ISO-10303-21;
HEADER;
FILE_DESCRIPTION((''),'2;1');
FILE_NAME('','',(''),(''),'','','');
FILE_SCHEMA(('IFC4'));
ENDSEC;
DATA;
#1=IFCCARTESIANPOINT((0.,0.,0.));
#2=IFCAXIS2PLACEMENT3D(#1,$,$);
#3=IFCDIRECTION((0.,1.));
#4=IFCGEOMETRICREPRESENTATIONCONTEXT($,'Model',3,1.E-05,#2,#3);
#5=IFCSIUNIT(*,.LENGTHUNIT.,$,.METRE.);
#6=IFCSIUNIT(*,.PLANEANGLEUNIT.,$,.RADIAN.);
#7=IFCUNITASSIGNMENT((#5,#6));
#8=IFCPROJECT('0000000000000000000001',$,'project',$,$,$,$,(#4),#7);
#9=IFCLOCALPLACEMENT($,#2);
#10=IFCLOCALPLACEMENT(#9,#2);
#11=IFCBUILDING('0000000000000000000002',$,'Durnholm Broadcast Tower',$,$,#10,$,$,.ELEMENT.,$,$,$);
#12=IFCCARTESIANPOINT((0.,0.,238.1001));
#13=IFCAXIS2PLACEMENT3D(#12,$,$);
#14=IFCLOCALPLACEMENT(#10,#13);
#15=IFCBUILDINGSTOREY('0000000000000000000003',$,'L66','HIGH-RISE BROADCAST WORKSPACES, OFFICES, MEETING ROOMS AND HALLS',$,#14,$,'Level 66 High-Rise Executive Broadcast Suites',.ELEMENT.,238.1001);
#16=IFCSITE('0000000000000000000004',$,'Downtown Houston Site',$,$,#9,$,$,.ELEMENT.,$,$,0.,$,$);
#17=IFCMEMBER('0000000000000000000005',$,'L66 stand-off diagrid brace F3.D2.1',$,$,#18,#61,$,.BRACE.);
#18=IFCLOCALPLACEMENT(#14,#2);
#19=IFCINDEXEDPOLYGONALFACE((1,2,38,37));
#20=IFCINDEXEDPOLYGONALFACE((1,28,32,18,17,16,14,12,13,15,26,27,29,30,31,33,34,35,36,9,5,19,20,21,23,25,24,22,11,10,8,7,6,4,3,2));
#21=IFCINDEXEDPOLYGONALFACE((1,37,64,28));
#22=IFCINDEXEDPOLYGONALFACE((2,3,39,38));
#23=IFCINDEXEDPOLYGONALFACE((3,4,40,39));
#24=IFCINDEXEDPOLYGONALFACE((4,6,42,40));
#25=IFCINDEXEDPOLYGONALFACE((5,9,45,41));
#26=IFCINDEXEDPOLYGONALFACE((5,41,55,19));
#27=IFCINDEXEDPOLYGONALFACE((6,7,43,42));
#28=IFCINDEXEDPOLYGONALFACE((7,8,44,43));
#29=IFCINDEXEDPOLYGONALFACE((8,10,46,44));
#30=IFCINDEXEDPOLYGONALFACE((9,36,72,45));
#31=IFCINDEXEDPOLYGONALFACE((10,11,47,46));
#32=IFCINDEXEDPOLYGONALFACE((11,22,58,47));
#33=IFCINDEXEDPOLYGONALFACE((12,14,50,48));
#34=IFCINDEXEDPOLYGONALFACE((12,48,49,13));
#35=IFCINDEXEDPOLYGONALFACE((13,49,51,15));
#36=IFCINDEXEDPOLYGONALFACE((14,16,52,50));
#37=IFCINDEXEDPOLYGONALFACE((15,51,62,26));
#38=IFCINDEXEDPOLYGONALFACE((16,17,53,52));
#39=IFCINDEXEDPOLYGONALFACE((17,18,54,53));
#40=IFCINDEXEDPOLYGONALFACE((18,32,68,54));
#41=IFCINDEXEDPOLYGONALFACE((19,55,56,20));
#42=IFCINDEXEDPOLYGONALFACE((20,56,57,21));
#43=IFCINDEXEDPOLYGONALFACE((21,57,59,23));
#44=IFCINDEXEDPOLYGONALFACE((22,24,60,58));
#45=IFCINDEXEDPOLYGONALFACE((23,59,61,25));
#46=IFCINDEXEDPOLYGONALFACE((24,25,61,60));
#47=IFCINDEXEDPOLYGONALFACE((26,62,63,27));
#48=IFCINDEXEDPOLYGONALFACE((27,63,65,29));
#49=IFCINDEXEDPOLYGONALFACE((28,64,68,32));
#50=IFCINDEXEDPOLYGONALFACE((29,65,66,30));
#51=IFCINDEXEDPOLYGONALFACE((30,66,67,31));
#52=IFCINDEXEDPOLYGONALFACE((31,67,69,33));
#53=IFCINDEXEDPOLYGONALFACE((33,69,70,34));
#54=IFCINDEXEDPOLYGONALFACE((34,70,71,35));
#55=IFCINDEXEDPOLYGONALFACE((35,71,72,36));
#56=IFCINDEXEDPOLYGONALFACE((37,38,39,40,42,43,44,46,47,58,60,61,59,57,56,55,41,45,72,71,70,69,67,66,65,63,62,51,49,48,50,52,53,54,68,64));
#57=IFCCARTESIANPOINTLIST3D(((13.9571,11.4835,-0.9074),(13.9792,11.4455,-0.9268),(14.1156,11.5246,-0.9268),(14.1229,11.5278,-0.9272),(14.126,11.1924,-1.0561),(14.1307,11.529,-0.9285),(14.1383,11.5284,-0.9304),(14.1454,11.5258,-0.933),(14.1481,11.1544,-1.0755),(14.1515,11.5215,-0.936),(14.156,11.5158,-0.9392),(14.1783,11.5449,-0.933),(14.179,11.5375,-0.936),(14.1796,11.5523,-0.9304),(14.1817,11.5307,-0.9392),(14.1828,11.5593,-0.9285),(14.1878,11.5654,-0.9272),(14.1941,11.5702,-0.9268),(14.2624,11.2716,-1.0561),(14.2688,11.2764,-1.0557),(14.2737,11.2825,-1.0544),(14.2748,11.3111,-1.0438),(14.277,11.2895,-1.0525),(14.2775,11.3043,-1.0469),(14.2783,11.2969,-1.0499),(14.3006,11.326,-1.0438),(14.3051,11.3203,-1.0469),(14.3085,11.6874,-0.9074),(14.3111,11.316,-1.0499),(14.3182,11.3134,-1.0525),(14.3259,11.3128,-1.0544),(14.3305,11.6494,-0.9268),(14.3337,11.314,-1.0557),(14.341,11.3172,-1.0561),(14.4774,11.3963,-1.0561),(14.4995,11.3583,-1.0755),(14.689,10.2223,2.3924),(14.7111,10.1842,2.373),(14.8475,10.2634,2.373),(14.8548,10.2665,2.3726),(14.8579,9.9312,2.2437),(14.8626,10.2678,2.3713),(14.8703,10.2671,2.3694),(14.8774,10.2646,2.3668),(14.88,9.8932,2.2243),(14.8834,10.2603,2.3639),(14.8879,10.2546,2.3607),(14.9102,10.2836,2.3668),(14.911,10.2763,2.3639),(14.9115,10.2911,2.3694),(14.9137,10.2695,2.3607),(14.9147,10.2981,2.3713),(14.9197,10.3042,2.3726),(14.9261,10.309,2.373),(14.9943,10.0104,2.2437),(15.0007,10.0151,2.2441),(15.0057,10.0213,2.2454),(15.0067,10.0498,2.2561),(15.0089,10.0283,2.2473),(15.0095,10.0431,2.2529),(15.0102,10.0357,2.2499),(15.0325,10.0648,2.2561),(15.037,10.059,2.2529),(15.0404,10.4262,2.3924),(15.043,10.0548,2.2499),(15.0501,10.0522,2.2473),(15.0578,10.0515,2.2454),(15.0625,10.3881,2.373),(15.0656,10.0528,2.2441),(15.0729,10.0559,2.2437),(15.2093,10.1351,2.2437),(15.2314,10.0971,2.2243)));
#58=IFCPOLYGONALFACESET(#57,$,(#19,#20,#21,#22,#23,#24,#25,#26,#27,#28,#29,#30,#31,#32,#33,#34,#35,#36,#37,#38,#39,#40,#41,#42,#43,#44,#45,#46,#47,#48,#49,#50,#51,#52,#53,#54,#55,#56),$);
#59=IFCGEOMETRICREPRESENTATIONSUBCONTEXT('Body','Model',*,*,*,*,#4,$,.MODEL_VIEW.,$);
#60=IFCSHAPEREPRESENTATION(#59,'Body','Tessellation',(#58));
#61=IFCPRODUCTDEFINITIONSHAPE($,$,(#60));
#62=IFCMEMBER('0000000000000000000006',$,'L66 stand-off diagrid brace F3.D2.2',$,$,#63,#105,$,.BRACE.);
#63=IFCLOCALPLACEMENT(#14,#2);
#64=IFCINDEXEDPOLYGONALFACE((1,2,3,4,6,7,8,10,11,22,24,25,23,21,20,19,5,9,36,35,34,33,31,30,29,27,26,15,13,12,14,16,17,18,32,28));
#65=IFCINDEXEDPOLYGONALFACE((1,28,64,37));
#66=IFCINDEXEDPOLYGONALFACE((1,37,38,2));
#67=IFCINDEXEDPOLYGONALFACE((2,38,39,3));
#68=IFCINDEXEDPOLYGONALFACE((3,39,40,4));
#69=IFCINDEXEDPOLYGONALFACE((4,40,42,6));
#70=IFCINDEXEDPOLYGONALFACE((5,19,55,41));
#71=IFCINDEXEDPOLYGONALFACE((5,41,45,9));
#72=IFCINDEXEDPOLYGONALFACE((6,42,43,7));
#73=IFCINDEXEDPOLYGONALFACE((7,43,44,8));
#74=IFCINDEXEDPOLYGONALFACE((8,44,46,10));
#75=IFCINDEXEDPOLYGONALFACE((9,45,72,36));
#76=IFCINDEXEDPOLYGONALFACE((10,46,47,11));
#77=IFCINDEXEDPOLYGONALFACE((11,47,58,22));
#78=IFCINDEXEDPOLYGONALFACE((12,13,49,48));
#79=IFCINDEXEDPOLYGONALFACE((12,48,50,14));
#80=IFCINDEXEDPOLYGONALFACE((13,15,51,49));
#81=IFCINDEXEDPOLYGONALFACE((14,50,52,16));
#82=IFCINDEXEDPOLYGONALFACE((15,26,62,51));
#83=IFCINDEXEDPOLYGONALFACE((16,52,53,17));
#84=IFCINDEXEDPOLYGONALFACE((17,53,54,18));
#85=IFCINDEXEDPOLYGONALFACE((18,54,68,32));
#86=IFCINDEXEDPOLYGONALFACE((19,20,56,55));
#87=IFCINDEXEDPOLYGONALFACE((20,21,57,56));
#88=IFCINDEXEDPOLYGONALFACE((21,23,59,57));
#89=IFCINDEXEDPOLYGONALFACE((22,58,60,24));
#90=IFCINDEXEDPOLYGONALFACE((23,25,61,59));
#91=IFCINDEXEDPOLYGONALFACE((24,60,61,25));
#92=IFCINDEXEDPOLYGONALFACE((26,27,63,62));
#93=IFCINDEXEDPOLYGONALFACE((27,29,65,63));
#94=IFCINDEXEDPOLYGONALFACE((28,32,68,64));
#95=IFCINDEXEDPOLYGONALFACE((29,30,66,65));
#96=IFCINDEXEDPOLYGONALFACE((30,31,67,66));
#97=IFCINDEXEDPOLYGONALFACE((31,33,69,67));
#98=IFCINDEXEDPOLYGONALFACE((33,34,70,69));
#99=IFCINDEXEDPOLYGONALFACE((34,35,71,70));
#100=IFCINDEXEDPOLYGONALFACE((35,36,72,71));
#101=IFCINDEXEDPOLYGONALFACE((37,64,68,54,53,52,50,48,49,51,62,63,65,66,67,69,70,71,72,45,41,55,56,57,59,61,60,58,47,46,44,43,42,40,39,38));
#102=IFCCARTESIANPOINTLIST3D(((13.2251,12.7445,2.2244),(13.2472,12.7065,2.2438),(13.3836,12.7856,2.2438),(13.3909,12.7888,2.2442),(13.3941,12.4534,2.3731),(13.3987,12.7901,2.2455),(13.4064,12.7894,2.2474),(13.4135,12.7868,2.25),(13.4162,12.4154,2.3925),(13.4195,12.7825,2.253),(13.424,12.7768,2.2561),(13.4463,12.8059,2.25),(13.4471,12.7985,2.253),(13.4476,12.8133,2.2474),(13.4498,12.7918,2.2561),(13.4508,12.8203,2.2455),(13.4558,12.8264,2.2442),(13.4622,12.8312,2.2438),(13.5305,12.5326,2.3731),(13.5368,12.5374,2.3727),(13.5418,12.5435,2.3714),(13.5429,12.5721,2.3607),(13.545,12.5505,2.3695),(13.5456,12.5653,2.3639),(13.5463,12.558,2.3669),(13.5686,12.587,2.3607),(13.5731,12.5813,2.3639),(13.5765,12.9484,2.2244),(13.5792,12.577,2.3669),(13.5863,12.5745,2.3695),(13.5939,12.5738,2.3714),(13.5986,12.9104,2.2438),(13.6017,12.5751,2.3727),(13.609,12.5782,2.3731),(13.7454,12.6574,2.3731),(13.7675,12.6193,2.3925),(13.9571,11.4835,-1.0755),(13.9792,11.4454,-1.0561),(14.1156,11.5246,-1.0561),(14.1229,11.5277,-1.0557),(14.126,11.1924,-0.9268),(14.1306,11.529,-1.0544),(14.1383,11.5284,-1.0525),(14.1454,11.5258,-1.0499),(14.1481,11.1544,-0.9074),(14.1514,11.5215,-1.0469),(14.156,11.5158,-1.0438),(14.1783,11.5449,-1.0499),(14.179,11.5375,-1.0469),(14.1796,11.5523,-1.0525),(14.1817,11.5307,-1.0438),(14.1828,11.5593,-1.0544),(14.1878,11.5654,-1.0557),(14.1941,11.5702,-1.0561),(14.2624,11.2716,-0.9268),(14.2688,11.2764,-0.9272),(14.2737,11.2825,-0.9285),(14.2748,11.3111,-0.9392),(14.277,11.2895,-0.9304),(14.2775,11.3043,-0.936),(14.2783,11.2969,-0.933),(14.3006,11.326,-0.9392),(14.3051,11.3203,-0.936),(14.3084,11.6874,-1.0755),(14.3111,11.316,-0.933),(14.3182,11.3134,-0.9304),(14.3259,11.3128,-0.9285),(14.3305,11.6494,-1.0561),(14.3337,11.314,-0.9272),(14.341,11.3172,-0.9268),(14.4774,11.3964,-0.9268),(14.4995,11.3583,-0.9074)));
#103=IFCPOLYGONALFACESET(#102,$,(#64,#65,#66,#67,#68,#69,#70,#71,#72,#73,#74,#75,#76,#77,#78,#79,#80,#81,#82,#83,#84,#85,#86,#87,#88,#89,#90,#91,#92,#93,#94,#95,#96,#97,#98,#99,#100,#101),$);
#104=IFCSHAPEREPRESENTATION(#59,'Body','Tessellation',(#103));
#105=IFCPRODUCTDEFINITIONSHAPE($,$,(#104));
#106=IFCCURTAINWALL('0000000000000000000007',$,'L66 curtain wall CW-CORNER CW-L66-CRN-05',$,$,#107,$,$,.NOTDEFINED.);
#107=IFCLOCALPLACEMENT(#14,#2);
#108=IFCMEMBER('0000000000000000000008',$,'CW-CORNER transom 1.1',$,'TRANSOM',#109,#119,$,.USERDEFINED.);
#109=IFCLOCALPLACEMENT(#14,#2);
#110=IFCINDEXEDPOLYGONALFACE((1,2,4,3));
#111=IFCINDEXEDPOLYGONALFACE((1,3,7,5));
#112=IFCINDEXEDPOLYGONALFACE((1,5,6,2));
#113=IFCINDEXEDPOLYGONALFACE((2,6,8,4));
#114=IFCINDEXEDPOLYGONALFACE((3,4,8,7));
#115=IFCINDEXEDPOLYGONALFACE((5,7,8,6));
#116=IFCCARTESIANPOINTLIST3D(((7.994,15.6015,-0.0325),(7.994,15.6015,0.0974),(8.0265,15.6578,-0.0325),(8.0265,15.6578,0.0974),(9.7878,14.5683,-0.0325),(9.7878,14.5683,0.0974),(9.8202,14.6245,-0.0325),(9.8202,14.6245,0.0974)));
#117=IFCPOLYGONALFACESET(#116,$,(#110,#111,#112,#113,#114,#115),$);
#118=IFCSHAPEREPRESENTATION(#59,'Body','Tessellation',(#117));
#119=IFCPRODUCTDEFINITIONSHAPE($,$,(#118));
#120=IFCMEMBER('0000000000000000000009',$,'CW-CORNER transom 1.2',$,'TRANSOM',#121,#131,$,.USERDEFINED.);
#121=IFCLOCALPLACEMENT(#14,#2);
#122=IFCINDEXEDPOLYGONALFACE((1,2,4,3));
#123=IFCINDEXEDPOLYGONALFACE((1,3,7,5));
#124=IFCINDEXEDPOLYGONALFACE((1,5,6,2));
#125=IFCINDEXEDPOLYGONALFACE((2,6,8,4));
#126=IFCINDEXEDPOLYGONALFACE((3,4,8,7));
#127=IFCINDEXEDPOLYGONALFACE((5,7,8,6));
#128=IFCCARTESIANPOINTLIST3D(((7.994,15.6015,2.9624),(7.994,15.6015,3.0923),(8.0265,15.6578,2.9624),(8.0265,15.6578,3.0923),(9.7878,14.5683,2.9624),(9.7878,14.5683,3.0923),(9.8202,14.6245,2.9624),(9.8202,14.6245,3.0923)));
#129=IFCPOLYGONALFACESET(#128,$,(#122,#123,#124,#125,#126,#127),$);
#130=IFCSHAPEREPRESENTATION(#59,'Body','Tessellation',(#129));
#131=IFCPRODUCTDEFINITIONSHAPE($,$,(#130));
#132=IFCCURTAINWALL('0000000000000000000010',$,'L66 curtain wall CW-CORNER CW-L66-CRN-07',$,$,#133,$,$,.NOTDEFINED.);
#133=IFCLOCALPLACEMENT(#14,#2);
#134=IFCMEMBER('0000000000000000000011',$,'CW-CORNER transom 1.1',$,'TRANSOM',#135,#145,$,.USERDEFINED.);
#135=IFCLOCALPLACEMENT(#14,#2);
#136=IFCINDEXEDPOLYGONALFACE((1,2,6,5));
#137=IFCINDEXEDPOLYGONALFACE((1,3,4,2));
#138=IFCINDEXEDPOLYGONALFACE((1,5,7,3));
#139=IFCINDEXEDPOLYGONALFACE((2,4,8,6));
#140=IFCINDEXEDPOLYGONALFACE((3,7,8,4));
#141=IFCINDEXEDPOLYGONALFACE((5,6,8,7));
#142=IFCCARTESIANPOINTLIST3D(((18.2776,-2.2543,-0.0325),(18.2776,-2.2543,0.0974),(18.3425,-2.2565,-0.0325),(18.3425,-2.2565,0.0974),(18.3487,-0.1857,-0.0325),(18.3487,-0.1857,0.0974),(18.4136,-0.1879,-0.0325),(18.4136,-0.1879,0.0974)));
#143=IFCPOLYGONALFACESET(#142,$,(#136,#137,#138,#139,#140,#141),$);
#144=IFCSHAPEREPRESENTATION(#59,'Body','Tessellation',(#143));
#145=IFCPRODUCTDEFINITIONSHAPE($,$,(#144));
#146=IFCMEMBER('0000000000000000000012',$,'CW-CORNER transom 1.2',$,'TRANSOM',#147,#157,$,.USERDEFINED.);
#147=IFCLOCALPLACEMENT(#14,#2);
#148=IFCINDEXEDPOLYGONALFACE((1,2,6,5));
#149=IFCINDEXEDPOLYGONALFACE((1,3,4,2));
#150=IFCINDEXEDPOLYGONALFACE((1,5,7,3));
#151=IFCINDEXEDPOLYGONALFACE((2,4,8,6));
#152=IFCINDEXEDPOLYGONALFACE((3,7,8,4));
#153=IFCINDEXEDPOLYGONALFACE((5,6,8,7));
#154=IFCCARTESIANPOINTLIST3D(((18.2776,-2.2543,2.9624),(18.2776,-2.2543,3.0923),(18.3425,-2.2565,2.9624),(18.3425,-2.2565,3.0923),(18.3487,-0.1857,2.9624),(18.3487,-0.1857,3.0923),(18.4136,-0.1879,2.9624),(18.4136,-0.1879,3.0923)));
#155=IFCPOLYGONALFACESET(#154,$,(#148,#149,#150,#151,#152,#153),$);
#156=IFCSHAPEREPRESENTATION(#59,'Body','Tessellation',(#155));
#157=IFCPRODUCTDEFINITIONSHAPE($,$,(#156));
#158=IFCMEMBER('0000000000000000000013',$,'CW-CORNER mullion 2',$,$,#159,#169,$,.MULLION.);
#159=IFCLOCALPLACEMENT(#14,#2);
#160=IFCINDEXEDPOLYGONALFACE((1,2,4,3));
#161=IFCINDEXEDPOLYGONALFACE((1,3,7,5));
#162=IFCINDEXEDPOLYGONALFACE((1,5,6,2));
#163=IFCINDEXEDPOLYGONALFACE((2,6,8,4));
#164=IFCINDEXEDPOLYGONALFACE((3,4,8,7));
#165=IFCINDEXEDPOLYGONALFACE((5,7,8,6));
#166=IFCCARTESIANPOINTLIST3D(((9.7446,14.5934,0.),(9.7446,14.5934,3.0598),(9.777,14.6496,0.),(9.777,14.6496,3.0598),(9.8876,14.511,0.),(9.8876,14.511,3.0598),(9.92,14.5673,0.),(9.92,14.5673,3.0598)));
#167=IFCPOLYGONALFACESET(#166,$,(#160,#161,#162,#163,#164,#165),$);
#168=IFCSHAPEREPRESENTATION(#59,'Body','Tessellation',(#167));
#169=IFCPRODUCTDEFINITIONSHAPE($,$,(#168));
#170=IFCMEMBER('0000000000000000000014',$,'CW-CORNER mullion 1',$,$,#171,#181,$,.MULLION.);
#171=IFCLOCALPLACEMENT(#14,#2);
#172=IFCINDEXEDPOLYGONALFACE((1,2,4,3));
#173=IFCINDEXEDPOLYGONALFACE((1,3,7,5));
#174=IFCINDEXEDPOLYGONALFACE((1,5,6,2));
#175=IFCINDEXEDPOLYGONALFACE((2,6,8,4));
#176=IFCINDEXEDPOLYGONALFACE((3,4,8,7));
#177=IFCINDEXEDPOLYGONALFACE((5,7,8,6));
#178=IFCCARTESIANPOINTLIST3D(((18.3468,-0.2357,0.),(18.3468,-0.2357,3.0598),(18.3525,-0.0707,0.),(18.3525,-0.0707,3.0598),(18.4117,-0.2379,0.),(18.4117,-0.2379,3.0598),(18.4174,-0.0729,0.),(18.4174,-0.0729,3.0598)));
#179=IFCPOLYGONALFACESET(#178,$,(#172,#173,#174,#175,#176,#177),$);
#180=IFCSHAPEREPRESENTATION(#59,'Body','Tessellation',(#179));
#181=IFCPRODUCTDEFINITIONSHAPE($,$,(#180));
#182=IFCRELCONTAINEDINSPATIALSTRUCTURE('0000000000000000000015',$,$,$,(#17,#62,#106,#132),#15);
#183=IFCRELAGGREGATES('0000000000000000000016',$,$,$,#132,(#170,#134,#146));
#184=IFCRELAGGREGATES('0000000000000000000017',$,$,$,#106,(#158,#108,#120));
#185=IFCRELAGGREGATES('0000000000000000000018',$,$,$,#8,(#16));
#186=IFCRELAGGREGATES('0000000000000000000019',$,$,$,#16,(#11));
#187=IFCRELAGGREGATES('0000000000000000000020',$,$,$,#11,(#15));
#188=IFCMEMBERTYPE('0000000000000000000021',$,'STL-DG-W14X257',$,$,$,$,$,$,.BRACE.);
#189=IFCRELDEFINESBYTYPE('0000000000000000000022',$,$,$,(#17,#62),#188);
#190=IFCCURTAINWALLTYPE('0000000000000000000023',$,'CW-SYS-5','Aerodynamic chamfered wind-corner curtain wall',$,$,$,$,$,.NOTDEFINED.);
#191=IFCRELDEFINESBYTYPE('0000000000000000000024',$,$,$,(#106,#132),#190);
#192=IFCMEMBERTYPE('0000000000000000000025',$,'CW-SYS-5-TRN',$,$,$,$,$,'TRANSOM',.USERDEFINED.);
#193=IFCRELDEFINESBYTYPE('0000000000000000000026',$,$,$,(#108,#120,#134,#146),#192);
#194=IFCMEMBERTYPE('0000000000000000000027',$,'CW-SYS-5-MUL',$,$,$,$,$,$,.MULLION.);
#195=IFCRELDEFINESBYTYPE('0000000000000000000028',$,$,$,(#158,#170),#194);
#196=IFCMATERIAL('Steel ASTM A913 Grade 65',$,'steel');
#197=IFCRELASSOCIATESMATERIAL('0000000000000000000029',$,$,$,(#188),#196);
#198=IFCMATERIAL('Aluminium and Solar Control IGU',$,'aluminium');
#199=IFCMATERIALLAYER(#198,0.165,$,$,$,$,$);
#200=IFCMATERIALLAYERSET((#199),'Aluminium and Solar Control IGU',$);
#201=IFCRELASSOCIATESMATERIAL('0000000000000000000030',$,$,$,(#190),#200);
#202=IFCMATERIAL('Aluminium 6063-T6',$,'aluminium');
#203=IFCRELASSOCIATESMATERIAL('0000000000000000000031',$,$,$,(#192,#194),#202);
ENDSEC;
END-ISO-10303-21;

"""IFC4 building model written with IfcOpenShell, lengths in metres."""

from ifc_helpers import new_model, si_unit, direction, frame, origin, origin_2d, place, context, subcontext, project, spatial, rectangle, i_section, extrude, source, transform, mapped, material, layer, layer_set, material_profile, profile_set, type_object, type_shapes, element, aggregate, save


model = new_model("IFC4")

# Units and contexts
model_context = context("Model", 3, precision=1e-05, world=origin(), true_north=direction((0.0, 1.0)))
body_context = subcontext(model_context, "Body", "Model", "MODEL_VIEW")
ifc_project = project(units=[si_unit("LENGTHUNIT", "METRE"), si_unit("PLANEANGLEUNIT", "RADIAN")], contexts=[model_context])

# Site, building, storey
site_placement = place(None, origin())
site = spatial("IfcSite", under=ifc_project, at=site_placement, Name="Downtown Houston Site", CompositionType="ELEMENT", RefElevation=0.0)
building_placement = place(site_placement, origin())
building = spatial("IfcBuilding", under=site, at=building_placement, Name="Durnholm Broadcast Tower", CompositionType="ELEMENT")
storey_placement = place(building_placement, frame((0.0, 0.0, 238.1001)))
storey = spatial("IfcBuildingStorey", under=building, at=storey_placement, Name="L66", Description="HIGH-RISE BROADCAST WORKSPACES, OFFICES, MEETING ROOMS AND HALLS", LongName="Level 66 High-Rise Executive Broadcast Suites", CompositionType="ELEMENT", Elevation=238.1001)

# Members
ifc_material_1 = material(Name="Steel ASTM A913 Grade 65", Category="steel")
ifc_material_profile_1 = material_profile(ifc_material_1, i_section(OverallWidth=0.4062, OverallDepth=0.416, WebThickness=0.0298, FlangeThickness=0.0481, FilletRadius=0.0305, at=origin_2d()), Name="W14X257")
ifc_profile_set_1 = profile_set([ifc_material_profile_1], Name="Steel ASTM A913 Grade 65")
member_type_1 = type_object("IfcMemberType", Name="STL-DG-W14X257", PredefinedType="BRACE", material=ifc_profile_set_1)
shared_shape_1 = source(origin(), body_context, "Body", "SweptSolid", [
    extrude(i_section(OverallWidth=0.4062, OverallDepth=0.416, WebThickness=0.0298, FlangeThickness=0.0481, FilletRadius=0.0305, at=origin_2d()), origin(), (0.0, 0.0, 1.0), 3.6077),
])
type_shapes(member_type_1, [shared_shape_1])
for number, where, z_axis, x_axis, name in (
    (1, (14.2283, 11.4209, -0.9915), (0.202884, -0.349599, 0.914669), (0.864906, 0.501934, 0.0), "L66 stand-off diagrid brace F3.D2.1"),
    (2, (14.2283, 11.4209, -0.9915), (-0.202889, 0.349539, 0.91469), (-0.864864, -0.502006, 0.0), "L66 stand-off diagrid brace F3.D2.2"),
):
    element("IfcMember", number, at=place(storey_placement, frame(where, z_axis=z_axis, x_axis=x_axis)), inside=storey, type_object=member_type_1, Name=name, PredefinedType="BRACE", context=body_context, shape_type="MappedRepresentation", body=[
        mapped(shared_shape_1, transform((0.0, 0.0, 0.0), x_axis=(1.0, 0.0, 0.0), y_axis=(0.0, 1.0, 0.0), z_axis=(0.0, 0.0, 1.0), scale=1.0)),
    ])

# Curtain walls, members
ifc_material_2 = material(Name="Aluminium and Solar Control IGU", Category="aluminium")
ifc_layer_1 = layer(ifc_material_2, 0.165)
ifc_layer_set_1 = layer_set([ifc_layer_1], Name="Aluminium and Solar Control IGU")
curtain_wall_type_1 = type_object("IfcCurtainWallType", Name="CW-SYS-5", Description="Aerodynamic chamfered wind-corner curtain wall", PredefinedType="NOTDEFINED", material=ifc_layer_set_1)
curtain_wall_1_placement = place(storey_placement, origin())
curtain_wall_1 = element("IfcCurtainWall", 3, at=curtain_wall_1_placement, inside=storey, type_object=curtain_wall_type_1, Name="L66 curtain wall CW-CORNER CW-L66-CRN-05", PredefinedType="NOTDEFINED")
ifc_material_3 = material(Name="Aluminium 6063-T6", Category="aluminium")
ifc_material_profile_2 = material_profile(ifc_material_3, rectangle(XDim=0.0649, YDim=0.1299, at=origin_2d()), Name="CWT65X130")
ifc_profile_set_2 = profile_set([ifc_material_profile_2], Name="Aluminium 6063-T6")
member_type_2 = type_object("IfcMemberType", Name="CW-SYS-5-TRN", ElementType="TRANSOM", PredefinedType="USERDEFINED", material=ifc_profile_set_2)
shared_shape_2 = source(origin(), body_context, "Body", "SweptSolid", [
    extrude(rectangle(XDim=0.0649, YDim=0.1299, at=origin_2d()), origin(), (0.0, 0.0, 1.0), 2.0701),
])
member_1_placement = place(storey_placement, frame((8.0103, 15.6296, 0.0325), z_axis=(0.866525, -0.499134, 0.0), x_axis=(0.499134, 0.866525, 0.0)))
member_1 = element("IfcMember", 4, at=member_1_placement, type_object=member_type_2, Name="CW-CORNER transom 1.1", ObjectType="TRANSOM", PredefinedType="USERDEFINED", context=body_context, shape_type="MappedRepresentation", body=[
    mapped(shared_shape_2, transform((0.0, 0.0, 0.0), x_axis=(1.0, 0.0, 0.0), y_axis=(0.0, 1.0, 0.0), z_axis=(0.0, 0.0, 1.0), scale=1.0)),
])
member_2_placement = place(storey_placement, frame((8.0103, 15.6296, 3.0273), z_axis=(0.866525, -0.499134, 0.0), x_axis=(0.499134, 0.866525, 0.0)))
member_2 = element("IfcMember", 5, at=member_2_placement, type_object=member_type_2, Name="CW-CORNER transom 1.2", ObjectType="TRANSOM", PredefinedType="USERDEFINED", context=body_context, shape_type="MappedRepresentation", body=[
    mapped(shared_shape_2, transform((0.0, 0.0, 0.0), x_axis=(1.0, 0.0, 0.0), y_axis=(0.0, 1.0, 0.0), z_axis=(0.0, 0.0, 1.0), scale=1.0)),
])
curtain_wall_2_placement = place(storey_placement, origin())
curtain_wall_2 = element("IfcCurtainWall", 6, at=curtain_wall_2_placement, inside=storey, type_object=curtain_wall_type_1, Name="L66 curtain wall CW-CORNER CW-L66-CRN-07", PredefinedType="NOTDEFINED")
shared_shape_3 = source(origin(), body_context, "Body", "SweptSolid", [
    extrude(rectangle(XDim=0.0649, YDim=0.1299, at=origin_2d()), origin(), (0.0, 0.0, 1.0), 2.0698),
])
type_shapes(member_type_2, [shared_shape_2, shared_shape_3])
member_3_placement = place(storey_placement, frame((18.3811, -0.1868, 0.0325), z_axis=(-0.034324, -0.999411, 0.0), x_axis=(0.999411, -0.034324, 0.0)))
member_3 = element("IfcMember", 7, at=member_3_placement, type_object=member_type_2, Name="CW-CORNER transom 1.1", ObjectType="TRANSOM", PredefinedType="USERDEFINED", context=body_context, shape_type="MappedRepresentation", body=[
    mapped(shared_shape_3, transform((0.0, 0.0, 0.0), x_axis=(1.0, 0.0, 0.0), y_axis=(0.0, 1.0, 0.0), z_axis=(0.0, 0.0, 1.0), scale=1.0)),
])
member_4_placement = place(storey_placement, frame((18.3811, -0.1868, 3.0273), z_axis=(-0.034324, -0.999411, 0.0), x_axis=(0.999411, -0.034324, 0.0)))
member_4 = element("IfcMember", 8, at=member_4_placement, type_object=member_type_2, Name="CW-CORNER transom 1.2", ObjectType="TRANSOM", PredefinedType="USERDEFINED", context=body_context, shape_type="MappedRepresentation", body=[
    mapped(shared_shape_3, transform((0.0, 0.0, 0.0), x_axis=(1.0, 0.0, 0.0), y_axis=(0.0, 1.0, 0.0), z_axis=(0.0, 0.0, 1.0), scale=1.0)),
])

# Members
ifc_material_profile_3 = material_profile(ifc_material_3, rectangle(XDim=0.0649, YDim=0.165, at=origin_2d()), Name="CWM65X165")
ifc_profile_set_3 = profile_set([ifc_material_profile_3], Name="Aluminium 6063-T6")
member_type_3 = type_object("IfcMemberType", Name="CW-SYS-5-MUL", PredefinedType="MULLION", material=ifc_profile_set_3)
shared_shape_4 = source(origin(), body_context, "Body", "SweptSolid", [
    extrude(rectangle(XDim=0.0649, YDim=0.165, at=origin_2d()), origin(), (0.0, 0.0, 1.0), 3.0598),
])
type_shapes(member_type_3, [shared_shape_4])
member_5_placement = place(storey_placement, frame((9.8323, 14.5803, 0.0), z_axis=(0.0, 0.0, 1.0), x_axis=(0.499059, 0.866568, 0.0)))
member_5 = element("IfcMember", 9, at=member_5_placement, type_object=member_type_3, Name="CW-CORNER mullion 2", PredefinedType="MULLION", context=body_context, shape_type="MappedRepresentation", body=[
    mapped(shared_shape_4, transform((0.0, 0.0, 0.0), x_axis=(1.0, 0.0, 0.0), y_axis=(0.0, 1.0, 0.0), z_axis=(0.0, 0.0, 1.0), scale=1.0)),
])
member_6_placement = place(storey_placement, frame((18.3821, -0.1543, 0.0), z_axis=(0.0, 0.0, 1.0), x_axis=(0.999411, -0.034318, 0.0)))
member_6 = element("IfcMember", 10, at=member_6_placement, type_object=member_type_3, Name="CW-CORNER mullion 1", PredefinedType="MULLION", context=body_context, shape_type="MappedRepresentation", body=[
    mapped(shared_shape_4, transform((0.0, 0.0, 0.0), x_axis=(1.0, 0.0, 0.0), y_axis=(0.0, 1.0, 0.0), z_axis=(0.0, 0.0, 1.0), scale=1.0)),
])
aggregate(curtain_wall_2, [member_6, member_3, member_4])

aggregate(curtain_wall_1, [member_5, member_1, member_2])

save(model, "model.ifc")
